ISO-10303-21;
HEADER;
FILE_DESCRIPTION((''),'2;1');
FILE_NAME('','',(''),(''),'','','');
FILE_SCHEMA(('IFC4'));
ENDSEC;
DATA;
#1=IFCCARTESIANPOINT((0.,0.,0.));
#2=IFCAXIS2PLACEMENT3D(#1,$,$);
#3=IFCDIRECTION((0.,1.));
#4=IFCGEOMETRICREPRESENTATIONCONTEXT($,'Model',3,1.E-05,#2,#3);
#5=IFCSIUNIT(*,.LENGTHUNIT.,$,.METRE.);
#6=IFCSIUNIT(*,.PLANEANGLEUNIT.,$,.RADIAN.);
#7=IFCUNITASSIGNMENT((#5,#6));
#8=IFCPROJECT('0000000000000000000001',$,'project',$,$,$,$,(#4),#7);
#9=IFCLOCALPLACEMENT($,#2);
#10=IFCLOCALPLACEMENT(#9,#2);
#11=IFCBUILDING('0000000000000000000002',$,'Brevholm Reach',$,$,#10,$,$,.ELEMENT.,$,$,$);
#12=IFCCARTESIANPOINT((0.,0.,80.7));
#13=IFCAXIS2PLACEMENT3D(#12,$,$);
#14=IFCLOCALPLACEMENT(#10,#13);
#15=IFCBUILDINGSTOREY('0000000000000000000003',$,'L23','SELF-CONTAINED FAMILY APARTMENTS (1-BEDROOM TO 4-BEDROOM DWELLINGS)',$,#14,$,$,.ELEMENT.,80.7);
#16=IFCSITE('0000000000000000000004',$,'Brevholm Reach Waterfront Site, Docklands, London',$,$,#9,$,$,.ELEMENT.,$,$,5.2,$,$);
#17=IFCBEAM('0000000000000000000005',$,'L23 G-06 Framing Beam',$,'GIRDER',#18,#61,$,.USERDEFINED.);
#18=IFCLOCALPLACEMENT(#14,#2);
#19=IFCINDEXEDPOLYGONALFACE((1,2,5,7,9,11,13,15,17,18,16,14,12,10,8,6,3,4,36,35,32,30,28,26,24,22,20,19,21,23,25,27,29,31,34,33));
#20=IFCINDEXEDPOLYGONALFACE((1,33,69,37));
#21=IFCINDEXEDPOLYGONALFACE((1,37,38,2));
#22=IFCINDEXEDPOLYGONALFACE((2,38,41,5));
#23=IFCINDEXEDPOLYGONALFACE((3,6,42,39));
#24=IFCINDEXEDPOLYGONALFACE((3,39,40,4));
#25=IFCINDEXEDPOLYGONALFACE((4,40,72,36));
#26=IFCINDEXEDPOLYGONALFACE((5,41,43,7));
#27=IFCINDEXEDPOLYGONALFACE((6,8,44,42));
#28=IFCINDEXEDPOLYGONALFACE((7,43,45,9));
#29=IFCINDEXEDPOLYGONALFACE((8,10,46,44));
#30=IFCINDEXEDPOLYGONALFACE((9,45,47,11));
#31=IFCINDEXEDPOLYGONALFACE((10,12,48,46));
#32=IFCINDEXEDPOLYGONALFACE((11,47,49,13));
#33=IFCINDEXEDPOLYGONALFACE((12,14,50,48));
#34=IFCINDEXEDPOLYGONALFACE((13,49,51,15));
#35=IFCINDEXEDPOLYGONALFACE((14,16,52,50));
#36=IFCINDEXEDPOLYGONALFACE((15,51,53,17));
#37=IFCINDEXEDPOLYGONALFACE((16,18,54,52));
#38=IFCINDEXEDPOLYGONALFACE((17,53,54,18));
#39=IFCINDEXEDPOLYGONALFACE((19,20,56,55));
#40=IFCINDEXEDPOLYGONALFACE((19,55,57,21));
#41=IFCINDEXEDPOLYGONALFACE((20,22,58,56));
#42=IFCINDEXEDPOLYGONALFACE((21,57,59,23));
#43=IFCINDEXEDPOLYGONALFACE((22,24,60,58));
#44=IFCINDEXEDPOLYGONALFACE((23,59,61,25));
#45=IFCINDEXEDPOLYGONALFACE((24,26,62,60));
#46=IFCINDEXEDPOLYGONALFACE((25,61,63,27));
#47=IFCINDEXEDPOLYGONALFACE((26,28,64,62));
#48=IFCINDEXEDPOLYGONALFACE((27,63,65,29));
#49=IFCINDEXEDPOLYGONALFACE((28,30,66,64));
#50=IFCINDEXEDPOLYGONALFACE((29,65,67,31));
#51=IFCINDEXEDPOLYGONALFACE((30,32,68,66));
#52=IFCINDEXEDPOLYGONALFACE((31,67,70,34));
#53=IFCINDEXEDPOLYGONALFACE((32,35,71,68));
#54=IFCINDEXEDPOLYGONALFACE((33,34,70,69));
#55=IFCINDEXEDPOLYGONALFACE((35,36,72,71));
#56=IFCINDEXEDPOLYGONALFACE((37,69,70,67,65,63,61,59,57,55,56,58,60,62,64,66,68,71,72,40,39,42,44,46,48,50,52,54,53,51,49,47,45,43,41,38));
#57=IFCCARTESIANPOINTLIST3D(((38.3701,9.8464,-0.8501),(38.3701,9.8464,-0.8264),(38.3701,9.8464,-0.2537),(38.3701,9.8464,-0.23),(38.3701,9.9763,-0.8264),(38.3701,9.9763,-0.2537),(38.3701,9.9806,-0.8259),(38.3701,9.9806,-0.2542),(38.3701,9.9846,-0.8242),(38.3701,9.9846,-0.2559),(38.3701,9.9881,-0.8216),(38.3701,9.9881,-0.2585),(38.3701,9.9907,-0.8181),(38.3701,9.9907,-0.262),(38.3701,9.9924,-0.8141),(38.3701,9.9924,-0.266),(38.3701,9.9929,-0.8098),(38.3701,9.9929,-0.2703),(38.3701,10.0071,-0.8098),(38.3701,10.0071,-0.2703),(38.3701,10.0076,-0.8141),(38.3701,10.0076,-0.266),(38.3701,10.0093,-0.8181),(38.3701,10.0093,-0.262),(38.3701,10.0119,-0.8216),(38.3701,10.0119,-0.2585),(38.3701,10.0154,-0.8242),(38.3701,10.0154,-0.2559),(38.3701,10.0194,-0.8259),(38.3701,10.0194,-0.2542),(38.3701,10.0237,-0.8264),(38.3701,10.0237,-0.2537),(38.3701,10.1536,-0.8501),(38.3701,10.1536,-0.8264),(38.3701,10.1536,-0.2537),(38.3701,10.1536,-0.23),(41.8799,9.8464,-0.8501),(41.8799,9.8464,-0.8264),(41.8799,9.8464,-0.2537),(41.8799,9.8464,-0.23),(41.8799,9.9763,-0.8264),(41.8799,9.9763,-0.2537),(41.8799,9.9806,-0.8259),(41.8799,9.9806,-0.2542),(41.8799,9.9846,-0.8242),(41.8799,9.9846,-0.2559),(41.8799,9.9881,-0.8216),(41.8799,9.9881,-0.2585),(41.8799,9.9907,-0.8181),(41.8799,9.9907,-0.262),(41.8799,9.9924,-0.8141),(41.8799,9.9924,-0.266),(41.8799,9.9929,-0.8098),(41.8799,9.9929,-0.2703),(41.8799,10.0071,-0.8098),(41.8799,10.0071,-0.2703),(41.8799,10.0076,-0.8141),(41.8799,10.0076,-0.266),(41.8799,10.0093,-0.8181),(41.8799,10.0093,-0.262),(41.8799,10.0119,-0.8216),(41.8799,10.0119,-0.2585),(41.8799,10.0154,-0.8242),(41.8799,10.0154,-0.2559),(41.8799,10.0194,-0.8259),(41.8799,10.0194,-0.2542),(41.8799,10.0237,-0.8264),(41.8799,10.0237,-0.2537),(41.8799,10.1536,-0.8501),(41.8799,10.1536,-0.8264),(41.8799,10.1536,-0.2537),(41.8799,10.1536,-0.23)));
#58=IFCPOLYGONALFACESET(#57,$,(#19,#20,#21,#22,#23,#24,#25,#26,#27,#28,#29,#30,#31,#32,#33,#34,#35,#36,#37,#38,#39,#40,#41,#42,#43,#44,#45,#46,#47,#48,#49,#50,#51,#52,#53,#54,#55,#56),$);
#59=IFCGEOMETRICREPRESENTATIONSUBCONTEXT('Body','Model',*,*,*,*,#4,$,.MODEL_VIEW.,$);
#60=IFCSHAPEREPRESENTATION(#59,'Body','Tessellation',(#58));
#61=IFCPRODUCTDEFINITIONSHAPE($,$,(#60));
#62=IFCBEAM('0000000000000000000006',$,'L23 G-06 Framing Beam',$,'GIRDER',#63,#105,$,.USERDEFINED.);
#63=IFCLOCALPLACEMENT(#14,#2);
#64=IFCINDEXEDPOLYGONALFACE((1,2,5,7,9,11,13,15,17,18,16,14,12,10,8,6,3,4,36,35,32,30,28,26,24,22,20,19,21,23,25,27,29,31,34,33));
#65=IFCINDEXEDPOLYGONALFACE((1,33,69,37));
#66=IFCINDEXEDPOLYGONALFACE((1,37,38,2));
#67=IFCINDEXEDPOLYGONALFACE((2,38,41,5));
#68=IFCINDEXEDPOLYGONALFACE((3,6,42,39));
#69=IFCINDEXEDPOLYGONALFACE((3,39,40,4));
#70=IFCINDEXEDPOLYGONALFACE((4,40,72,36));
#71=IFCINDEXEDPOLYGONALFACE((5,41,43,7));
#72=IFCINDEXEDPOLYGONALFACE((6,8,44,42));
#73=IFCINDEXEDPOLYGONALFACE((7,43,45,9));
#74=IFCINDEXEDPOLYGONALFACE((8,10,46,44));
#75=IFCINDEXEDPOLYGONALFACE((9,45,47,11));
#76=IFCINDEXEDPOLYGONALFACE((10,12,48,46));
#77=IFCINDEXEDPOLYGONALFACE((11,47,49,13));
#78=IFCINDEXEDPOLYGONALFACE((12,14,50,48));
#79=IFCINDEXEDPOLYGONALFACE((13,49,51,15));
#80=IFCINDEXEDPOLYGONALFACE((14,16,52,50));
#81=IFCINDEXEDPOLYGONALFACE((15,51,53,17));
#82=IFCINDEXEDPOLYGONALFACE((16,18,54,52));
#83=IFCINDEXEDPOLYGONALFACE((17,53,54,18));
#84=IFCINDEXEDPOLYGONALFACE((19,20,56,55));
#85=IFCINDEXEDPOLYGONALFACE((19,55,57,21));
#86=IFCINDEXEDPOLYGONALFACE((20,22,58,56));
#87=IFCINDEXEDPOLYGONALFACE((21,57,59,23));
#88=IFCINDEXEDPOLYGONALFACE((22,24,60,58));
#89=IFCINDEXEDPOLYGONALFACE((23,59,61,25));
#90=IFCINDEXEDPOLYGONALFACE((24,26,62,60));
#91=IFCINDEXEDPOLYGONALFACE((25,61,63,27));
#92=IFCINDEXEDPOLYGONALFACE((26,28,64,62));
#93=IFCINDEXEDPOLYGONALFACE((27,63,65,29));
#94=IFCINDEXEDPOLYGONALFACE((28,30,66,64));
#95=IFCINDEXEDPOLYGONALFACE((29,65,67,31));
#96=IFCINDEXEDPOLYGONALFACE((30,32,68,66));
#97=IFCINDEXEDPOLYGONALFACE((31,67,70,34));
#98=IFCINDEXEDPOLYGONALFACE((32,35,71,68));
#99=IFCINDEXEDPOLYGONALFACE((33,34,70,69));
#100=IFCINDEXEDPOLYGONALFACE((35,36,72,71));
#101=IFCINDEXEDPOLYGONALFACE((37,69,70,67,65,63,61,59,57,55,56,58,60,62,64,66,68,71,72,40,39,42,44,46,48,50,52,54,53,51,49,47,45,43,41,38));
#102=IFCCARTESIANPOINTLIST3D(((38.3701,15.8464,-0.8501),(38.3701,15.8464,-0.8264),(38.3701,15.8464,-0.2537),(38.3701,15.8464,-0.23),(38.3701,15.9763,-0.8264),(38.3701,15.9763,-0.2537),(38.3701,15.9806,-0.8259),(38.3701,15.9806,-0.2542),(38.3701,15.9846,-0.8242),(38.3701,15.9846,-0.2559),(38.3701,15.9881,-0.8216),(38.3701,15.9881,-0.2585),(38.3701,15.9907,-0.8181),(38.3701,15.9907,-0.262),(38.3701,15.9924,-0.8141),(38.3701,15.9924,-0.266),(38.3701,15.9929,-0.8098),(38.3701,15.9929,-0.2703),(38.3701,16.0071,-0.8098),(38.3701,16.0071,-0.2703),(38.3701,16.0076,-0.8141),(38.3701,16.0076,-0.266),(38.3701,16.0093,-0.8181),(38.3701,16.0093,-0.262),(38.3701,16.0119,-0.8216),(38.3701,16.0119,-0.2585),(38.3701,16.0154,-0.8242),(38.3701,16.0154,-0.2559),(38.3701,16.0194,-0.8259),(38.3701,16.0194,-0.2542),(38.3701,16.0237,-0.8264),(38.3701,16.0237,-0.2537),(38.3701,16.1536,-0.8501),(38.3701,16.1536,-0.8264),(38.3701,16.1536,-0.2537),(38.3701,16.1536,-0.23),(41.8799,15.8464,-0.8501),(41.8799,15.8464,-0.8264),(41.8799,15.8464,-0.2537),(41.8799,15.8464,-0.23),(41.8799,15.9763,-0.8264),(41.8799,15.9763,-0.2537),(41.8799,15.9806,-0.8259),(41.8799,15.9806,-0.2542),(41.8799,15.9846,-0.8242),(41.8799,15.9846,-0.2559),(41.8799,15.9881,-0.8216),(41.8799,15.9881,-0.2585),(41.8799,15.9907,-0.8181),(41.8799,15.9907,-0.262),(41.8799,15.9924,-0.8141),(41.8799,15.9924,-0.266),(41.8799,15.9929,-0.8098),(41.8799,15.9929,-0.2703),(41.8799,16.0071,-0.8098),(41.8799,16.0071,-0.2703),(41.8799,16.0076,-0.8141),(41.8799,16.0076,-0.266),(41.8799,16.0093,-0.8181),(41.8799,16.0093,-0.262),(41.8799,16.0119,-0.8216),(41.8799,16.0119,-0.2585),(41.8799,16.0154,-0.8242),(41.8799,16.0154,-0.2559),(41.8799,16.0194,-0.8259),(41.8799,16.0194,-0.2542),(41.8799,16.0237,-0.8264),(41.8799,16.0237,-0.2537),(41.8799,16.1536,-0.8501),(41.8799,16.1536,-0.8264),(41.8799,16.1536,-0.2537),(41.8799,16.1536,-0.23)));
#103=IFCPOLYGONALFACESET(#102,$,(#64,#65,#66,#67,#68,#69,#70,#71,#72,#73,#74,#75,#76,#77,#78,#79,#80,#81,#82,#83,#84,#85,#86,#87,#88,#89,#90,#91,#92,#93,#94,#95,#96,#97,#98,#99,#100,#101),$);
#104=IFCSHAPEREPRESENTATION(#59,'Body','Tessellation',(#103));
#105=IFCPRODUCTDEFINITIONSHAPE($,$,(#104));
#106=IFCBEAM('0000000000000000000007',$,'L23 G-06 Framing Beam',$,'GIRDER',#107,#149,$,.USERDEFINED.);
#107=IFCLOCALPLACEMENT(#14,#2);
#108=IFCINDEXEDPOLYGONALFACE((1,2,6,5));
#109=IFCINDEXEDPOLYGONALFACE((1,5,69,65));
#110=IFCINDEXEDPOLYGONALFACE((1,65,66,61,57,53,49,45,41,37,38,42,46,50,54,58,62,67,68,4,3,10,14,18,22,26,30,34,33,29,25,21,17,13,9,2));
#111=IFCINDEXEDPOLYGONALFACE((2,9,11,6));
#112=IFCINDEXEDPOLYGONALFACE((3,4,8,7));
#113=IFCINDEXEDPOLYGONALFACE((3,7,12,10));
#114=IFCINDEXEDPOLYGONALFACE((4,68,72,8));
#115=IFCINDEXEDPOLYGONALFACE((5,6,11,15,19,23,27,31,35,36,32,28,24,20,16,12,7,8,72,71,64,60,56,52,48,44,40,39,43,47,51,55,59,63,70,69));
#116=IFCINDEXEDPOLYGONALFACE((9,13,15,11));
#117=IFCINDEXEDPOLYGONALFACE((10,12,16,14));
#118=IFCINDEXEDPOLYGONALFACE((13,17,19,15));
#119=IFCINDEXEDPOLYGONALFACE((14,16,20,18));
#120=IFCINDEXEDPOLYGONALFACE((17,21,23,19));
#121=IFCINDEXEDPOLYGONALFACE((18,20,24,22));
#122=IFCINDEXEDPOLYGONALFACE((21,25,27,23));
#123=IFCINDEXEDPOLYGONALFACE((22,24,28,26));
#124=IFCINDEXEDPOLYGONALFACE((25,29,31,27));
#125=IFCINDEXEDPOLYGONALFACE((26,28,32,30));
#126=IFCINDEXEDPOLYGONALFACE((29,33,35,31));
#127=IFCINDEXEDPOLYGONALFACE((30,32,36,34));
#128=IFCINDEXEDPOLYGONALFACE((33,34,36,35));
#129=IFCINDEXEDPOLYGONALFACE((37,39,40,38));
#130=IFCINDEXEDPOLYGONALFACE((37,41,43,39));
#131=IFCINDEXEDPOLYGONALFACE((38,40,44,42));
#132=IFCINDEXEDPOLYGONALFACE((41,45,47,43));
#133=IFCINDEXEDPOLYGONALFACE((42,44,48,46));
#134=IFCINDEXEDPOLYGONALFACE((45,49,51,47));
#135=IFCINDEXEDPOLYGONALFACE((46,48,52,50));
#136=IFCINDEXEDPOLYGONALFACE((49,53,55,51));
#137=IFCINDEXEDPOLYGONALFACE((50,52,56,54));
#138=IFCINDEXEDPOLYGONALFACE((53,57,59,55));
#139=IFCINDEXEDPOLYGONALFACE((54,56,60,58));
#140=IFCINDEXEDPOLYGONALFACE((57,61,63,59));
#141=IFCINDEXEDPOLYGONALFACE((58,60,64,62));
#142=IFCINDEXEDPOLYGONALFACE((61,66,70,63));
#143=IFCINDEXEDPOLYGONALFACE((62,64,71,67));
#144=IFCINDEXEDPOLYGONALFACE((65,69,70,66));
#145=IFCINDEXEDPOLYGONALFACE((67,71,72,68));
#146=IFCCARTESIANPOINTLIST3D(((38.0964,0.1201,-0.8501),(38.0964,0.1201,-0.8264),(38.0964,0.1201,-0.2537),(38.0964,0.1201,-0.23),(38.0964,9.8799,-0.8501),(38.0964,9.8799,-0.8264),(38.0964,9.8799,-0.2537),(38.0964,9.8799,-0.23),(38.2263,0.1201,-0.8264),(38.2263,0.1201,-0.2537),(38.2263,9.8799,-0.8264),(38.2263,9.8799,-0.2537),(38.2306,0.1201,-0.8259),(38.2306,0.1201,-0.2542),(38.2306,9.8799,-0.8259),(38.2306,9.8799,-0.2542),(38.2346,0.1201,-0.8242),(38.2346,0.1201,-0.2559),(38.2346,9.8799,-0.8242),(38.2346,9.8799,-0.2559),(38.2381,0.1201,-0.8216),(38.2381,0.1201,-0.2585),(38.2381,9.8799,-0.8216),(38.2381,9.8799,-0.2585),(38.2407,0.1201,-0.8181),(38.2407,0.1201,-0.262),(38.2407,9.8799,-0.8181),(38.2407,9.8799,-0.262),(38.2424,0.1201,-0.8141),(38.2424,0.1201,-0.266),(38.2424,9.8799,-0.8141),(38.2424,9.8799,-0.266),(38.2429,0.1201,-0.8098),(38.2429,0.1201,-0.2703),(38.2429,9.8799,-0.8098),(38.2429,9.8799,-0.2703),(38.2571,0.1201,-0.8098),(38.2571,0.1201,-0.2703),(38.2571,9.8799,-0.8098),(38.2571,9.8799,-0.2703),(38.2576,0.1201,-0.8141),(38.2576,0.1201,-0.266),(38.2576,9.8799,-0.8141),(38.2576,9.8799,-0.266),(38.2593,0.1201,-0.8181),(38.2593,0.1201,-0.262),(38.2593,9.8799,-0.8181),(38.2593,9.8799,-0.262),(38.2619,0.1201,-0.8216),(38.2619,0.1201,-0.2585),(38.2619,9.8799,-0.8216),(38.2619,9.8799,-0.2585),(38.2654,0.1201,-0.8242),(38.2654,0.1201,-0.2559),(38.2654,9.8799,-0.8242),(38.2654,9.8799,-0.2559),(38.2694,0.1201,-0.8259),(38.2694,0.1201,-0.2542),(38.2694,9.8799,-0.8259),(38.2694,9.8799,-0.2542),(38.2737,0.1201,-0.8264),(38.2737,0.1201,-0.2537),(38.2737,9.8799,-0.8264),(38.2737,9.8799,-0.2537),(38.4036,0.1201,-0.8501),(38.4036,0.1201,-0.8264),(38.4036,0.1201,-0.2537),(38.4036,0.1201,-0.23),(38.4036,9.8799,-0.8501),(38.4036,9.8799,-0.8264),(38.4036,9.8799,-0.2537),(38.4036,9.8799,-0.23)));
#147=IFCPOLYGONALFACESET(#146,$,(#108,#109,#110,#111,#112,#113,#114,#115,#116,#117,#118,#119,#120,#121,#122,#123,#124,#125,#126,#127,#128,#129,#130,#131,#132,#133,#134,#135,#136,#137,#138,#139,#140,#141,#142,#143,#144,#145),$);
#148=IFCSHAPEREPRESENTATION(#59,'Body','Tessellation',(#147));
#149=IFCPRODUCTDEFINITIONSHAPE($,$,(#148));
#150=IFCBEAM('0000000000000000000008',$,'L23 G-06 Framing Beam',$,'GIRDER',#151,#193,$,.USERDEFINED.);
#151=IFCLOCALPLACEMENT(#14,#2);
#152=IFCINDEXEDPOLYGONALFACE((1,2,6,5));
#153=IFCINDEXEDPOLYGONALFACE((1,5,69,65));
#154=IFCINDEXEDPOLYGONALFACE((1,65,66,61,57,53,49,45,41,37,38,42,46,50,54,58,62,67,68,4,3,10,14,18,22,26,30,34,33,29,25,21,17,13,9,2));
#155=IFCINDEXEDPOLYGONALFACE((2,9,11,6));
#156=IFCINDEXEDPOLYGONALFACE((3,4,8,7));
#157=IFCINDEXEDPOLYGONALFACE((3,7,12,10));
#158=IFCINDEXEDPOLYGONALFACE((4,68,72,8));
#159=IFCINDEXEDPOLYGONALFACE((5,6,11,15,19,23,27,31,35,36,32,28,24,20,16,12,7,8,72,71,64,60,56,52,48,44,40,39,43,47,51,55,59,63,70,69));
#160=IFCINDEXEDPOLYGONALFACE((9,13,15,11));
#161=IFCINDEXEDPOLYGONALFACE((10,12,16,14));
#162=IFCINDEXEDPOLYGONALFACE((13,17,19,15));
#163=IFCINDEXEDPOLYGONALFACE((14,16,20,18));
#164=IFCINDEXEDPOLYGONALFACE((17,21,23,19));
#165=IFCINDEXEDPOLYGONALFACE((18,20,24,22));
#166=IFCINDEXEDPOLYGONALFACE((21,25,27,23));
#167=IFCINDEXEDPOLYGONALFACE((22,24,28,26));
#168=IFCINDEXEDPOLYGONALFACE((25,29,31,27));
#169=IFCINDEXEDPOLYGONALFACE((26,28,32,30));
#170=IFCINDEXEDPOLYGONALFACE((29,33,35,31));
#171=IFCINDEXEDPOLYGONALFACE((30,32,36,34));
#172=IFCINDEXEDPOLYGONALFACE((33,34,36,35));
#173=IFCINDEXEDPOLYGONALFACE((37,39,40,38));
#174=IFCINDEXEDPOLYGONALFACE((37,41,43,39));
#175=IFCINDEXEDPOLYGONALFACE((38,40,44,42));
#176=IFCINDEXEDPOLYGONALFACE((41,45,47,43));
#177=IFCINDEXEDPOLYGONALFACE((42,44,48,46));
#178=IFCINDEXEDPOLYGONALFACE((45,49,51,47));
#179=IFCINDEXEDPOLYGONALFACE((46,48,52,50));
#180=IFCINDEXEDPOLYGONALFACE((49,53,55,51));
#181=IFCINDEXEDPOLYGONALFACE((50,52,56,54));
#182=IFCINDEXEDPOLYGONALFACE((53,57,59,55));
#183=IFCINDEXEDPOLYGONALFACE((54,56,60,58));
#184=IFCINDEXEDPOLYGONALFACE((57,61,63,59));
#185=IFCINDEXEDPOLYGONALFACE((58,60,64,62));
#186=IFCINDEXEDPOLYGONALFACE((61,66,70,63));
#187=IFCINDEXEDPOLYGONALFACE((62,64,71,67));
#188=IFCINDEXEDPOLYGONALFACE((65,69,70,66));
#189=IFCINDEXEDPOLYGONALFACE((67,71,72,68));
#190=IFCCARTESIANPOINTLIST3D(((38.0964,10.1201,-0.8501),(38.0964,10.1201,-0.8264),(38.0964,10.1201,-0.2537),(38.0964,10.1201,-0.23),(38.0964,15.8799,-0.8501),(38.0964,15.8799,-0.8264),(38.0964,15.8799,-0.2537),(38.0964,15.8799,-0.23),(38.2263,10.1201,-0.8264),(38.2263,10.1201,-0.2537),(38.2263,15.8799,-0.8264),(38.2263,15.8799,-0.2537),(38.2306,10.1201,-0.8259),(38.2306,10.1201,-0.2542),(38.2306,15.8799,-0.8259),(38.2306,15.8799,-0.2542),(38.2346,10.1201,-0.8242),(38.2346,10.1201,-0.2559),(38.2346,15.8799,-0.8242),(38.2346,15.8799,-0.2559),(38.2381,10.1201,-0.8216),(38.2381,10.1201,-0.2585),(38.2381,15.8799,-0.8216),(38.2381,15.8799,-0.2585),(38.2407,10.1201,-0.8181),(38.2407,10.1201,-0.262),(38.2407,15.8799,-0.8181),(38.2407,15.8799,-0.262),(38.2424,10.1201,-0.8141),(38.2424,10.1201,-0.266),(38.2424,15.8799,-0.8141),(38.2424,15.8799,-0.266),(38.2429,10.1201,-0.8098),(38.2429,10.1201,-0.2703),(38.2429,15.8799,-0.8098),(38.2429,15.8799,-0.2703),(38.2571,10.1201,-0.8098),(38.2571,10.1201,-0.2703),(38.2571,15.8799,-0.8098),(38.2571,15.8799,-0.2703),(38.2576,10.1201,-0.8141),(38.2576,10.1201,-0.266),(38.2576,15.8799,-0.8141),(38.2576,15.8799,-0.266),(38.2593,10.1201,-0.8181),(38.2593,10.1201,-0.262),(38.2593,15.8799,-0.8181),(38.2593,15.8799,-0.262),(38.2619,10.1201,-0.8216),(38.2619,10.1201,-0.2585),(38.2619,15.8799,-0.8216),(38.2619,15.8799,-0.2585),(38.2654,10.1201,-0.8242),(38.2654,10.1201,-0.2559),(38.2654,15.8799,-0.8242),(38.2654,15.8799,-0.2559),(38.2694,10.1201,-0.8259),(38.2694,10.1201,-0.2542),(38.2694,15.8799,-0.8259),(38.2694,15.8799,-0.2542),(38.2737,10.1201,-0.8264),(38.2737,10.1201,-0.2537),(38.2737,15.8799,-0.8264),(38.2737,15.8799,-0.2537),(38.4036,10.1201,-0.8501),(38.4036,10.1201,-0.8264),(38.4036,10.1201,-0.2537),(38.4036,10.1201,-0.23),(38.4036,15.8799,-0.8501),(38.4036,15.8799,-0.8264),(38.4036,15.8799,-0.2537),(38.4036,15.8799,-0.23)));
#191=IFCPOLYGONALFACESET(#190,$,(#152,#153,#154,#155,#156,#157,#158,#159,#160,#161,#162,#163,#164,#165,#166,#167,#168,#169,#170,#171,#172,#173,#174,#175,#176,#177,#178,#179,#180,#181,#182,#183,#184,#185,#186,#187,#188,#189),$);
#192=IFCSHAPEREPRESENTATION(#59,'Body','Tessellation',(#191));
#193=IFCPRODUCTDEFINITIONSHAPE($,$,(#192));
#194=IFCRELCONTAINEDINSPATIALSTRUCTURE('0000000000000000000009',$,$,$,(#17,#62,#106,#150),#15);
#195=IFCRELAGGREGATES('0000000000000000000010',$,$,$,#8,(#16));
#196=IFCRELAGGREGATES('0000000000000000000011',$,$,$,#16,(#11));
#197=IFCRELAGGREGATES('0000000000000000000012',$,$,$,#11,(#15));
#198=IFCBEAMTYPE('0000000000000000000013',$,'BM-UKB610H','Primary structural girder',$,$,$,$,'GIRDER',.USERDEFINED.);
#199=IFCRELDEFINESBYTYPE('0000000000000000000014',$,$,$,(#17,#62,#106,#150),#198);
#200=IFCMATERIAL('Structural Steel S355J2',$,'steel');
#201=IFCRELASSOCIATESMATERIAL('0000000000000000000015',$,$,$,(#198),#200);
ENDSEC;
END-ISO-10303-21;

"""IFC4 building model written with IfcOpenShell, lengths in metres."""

from ifc_helpers import new_model, si_unit, direction, frame, origin, origin_2d, place, context, subcontext, project, spatial, i_section, extrude, material, material_profile, profile_set, type_object, element, save


model = new_model("IFC4")

# Units and contexts
model_context = context("Model", 3, precision=1e-05, world=origin(), true_north=direction((0.0, 1.0)))
body_context = subcontext(model_context, "Body", "Model", "MODEL_VIEW")
ifc_project = project(units=[si_unit("LENGTHUNIT", "METRE"), si_unit("PLANEANGLEUNIT", "RADIAN")], contexts=[model_context])

# Site, building, storey
site_placement = place(None, origin())
site = spatial("IfcSite", under=ifc_project, at=site_placement, Name="Brevholm Reach Waterfront Site, Docklands, London", CompositionType="ELEMENT", RefElevation=5.2)
building_placement = place(site_placement, origin())
building = spatial("IfcBuilding", under=site, at=building_placement, Name="Brevholm Reach", CompositionType="ELEMENT")
storey_placement = place(building_placement, frame((0.0, 0.0, 80.7)))
storey = spatial("IfcBuildingStorey", under=building, at=storey_placement, Name="L23", Description="SELF-CONTAINED FAMILY APARTMENTS (1-BEDROOM TO 4-BEDROOM DWELLINGS)", CompositionType="ELEMENT", Elevation=80.7)

# Beams
ifc_material_1 = material(Name="Structural Steel S355J2", Category="steel")
ifc_material_profile_1 = material_profile(ifc_material_1, i_section(OverallWidth=0.3071, OverallDepth=0.6201, WebThickness=0.0142, FlangeThickness=0.0237, FilletRadius=0.0166, at=origin_2d()), Name="UKB 610x305x179")
ifc_profile_set_1 = profile_set([ifc_material_profile_1], Name="Structural Steel S355J2")
beam_type_1 = type_object("IfcBeamType", Name="BM-UKB610H", Description="Primary structural girder", ElementType="GIRDER", PredefinedType="USERDEFINED", material=ifc_profile_set_1)
for number, where, z_axis, x_axis, name in (
    (1, (38.3701, 10.0, -0.54), (1.0, 0.0, 0.0), (0.0, 1.0, 0.0), "L23 G-06 Framing Beam"),
    (2, (38.3701, 16.0, -0.54), (1.0, 0.0, 0.0), (0.0, 1.0, 0.0), "L23 G-06 Framing Beam"),
):
    element("IfcBeam", number, at=place(storey_placement, frame(where, z_axis=z_axis, x_axis=x_axis)), inside=storey, type_object=beam_type_1, Name=name, ObjectType="GIRDER", PredefinedType="USERDEFINED", context=body_context, shape_type="SweptSolid", body=[
        extrude(i_section(OverallWidth=0.3071, OverallDepth=0.6201, WebThickness=0.0142, FlangeThickness=0.0237, FilletRadius=0.0166, at=origin_2d()), origin(), (0.0, 0.0, 1.0), 3.5098),
    ])
beam_1_placement = place(storey_placement, frame((38.25, 0.1201, -0.54), z_axis=(0.0, 1.0, 0.0), x_axis=(-1.0, 0.0, 0.0)))
element("IfcBeam", 3, at=beam_1_placement, inside=storey, type_object=beam_type_1, Name="L23 G-06 Framing Beam", ObjectType="GIRDER", PredefinedType="USERDEFINED", context=body_context, shape_type="SweptSolid", body=[
    extrude(i_section(OverallWidth=0.3071, OverallDepth=0.6201, WebThickness=0.0142, FlangeThickness=0.0237, FilletRadius=0.0166, at=origin_2d()), origin(), (0.0, 0.0, 1.0), 9.7598),
])
beam_2_placement = place(storey_placement, frame((38.25, 10.1201, -0.54), z_axis=(0.0, 1.0, 0.0), x_axis=(-1.0, 0.0, 0.0)))
element("IfcBeam", 4, at=beam_2_placement, inside=storey, type_object=beam_type_1, Name="L23 G-06 Framing Beam", ObjectType="GIRDER", PredefinedType="USERDEFINED", context=body_context, shape_type="SweptSolid", body=[
    extrude(i_section(OverallWidth=0.3071, OverallDepth=0.6201, WebThickness=0.0142, FlangeThickness=0.0237, FilletRadius=0.0166, at=origin_2d()), origin(), (0.0, 0.0, 1.0), 5.7598),
])

save(model, "model.ifc")
